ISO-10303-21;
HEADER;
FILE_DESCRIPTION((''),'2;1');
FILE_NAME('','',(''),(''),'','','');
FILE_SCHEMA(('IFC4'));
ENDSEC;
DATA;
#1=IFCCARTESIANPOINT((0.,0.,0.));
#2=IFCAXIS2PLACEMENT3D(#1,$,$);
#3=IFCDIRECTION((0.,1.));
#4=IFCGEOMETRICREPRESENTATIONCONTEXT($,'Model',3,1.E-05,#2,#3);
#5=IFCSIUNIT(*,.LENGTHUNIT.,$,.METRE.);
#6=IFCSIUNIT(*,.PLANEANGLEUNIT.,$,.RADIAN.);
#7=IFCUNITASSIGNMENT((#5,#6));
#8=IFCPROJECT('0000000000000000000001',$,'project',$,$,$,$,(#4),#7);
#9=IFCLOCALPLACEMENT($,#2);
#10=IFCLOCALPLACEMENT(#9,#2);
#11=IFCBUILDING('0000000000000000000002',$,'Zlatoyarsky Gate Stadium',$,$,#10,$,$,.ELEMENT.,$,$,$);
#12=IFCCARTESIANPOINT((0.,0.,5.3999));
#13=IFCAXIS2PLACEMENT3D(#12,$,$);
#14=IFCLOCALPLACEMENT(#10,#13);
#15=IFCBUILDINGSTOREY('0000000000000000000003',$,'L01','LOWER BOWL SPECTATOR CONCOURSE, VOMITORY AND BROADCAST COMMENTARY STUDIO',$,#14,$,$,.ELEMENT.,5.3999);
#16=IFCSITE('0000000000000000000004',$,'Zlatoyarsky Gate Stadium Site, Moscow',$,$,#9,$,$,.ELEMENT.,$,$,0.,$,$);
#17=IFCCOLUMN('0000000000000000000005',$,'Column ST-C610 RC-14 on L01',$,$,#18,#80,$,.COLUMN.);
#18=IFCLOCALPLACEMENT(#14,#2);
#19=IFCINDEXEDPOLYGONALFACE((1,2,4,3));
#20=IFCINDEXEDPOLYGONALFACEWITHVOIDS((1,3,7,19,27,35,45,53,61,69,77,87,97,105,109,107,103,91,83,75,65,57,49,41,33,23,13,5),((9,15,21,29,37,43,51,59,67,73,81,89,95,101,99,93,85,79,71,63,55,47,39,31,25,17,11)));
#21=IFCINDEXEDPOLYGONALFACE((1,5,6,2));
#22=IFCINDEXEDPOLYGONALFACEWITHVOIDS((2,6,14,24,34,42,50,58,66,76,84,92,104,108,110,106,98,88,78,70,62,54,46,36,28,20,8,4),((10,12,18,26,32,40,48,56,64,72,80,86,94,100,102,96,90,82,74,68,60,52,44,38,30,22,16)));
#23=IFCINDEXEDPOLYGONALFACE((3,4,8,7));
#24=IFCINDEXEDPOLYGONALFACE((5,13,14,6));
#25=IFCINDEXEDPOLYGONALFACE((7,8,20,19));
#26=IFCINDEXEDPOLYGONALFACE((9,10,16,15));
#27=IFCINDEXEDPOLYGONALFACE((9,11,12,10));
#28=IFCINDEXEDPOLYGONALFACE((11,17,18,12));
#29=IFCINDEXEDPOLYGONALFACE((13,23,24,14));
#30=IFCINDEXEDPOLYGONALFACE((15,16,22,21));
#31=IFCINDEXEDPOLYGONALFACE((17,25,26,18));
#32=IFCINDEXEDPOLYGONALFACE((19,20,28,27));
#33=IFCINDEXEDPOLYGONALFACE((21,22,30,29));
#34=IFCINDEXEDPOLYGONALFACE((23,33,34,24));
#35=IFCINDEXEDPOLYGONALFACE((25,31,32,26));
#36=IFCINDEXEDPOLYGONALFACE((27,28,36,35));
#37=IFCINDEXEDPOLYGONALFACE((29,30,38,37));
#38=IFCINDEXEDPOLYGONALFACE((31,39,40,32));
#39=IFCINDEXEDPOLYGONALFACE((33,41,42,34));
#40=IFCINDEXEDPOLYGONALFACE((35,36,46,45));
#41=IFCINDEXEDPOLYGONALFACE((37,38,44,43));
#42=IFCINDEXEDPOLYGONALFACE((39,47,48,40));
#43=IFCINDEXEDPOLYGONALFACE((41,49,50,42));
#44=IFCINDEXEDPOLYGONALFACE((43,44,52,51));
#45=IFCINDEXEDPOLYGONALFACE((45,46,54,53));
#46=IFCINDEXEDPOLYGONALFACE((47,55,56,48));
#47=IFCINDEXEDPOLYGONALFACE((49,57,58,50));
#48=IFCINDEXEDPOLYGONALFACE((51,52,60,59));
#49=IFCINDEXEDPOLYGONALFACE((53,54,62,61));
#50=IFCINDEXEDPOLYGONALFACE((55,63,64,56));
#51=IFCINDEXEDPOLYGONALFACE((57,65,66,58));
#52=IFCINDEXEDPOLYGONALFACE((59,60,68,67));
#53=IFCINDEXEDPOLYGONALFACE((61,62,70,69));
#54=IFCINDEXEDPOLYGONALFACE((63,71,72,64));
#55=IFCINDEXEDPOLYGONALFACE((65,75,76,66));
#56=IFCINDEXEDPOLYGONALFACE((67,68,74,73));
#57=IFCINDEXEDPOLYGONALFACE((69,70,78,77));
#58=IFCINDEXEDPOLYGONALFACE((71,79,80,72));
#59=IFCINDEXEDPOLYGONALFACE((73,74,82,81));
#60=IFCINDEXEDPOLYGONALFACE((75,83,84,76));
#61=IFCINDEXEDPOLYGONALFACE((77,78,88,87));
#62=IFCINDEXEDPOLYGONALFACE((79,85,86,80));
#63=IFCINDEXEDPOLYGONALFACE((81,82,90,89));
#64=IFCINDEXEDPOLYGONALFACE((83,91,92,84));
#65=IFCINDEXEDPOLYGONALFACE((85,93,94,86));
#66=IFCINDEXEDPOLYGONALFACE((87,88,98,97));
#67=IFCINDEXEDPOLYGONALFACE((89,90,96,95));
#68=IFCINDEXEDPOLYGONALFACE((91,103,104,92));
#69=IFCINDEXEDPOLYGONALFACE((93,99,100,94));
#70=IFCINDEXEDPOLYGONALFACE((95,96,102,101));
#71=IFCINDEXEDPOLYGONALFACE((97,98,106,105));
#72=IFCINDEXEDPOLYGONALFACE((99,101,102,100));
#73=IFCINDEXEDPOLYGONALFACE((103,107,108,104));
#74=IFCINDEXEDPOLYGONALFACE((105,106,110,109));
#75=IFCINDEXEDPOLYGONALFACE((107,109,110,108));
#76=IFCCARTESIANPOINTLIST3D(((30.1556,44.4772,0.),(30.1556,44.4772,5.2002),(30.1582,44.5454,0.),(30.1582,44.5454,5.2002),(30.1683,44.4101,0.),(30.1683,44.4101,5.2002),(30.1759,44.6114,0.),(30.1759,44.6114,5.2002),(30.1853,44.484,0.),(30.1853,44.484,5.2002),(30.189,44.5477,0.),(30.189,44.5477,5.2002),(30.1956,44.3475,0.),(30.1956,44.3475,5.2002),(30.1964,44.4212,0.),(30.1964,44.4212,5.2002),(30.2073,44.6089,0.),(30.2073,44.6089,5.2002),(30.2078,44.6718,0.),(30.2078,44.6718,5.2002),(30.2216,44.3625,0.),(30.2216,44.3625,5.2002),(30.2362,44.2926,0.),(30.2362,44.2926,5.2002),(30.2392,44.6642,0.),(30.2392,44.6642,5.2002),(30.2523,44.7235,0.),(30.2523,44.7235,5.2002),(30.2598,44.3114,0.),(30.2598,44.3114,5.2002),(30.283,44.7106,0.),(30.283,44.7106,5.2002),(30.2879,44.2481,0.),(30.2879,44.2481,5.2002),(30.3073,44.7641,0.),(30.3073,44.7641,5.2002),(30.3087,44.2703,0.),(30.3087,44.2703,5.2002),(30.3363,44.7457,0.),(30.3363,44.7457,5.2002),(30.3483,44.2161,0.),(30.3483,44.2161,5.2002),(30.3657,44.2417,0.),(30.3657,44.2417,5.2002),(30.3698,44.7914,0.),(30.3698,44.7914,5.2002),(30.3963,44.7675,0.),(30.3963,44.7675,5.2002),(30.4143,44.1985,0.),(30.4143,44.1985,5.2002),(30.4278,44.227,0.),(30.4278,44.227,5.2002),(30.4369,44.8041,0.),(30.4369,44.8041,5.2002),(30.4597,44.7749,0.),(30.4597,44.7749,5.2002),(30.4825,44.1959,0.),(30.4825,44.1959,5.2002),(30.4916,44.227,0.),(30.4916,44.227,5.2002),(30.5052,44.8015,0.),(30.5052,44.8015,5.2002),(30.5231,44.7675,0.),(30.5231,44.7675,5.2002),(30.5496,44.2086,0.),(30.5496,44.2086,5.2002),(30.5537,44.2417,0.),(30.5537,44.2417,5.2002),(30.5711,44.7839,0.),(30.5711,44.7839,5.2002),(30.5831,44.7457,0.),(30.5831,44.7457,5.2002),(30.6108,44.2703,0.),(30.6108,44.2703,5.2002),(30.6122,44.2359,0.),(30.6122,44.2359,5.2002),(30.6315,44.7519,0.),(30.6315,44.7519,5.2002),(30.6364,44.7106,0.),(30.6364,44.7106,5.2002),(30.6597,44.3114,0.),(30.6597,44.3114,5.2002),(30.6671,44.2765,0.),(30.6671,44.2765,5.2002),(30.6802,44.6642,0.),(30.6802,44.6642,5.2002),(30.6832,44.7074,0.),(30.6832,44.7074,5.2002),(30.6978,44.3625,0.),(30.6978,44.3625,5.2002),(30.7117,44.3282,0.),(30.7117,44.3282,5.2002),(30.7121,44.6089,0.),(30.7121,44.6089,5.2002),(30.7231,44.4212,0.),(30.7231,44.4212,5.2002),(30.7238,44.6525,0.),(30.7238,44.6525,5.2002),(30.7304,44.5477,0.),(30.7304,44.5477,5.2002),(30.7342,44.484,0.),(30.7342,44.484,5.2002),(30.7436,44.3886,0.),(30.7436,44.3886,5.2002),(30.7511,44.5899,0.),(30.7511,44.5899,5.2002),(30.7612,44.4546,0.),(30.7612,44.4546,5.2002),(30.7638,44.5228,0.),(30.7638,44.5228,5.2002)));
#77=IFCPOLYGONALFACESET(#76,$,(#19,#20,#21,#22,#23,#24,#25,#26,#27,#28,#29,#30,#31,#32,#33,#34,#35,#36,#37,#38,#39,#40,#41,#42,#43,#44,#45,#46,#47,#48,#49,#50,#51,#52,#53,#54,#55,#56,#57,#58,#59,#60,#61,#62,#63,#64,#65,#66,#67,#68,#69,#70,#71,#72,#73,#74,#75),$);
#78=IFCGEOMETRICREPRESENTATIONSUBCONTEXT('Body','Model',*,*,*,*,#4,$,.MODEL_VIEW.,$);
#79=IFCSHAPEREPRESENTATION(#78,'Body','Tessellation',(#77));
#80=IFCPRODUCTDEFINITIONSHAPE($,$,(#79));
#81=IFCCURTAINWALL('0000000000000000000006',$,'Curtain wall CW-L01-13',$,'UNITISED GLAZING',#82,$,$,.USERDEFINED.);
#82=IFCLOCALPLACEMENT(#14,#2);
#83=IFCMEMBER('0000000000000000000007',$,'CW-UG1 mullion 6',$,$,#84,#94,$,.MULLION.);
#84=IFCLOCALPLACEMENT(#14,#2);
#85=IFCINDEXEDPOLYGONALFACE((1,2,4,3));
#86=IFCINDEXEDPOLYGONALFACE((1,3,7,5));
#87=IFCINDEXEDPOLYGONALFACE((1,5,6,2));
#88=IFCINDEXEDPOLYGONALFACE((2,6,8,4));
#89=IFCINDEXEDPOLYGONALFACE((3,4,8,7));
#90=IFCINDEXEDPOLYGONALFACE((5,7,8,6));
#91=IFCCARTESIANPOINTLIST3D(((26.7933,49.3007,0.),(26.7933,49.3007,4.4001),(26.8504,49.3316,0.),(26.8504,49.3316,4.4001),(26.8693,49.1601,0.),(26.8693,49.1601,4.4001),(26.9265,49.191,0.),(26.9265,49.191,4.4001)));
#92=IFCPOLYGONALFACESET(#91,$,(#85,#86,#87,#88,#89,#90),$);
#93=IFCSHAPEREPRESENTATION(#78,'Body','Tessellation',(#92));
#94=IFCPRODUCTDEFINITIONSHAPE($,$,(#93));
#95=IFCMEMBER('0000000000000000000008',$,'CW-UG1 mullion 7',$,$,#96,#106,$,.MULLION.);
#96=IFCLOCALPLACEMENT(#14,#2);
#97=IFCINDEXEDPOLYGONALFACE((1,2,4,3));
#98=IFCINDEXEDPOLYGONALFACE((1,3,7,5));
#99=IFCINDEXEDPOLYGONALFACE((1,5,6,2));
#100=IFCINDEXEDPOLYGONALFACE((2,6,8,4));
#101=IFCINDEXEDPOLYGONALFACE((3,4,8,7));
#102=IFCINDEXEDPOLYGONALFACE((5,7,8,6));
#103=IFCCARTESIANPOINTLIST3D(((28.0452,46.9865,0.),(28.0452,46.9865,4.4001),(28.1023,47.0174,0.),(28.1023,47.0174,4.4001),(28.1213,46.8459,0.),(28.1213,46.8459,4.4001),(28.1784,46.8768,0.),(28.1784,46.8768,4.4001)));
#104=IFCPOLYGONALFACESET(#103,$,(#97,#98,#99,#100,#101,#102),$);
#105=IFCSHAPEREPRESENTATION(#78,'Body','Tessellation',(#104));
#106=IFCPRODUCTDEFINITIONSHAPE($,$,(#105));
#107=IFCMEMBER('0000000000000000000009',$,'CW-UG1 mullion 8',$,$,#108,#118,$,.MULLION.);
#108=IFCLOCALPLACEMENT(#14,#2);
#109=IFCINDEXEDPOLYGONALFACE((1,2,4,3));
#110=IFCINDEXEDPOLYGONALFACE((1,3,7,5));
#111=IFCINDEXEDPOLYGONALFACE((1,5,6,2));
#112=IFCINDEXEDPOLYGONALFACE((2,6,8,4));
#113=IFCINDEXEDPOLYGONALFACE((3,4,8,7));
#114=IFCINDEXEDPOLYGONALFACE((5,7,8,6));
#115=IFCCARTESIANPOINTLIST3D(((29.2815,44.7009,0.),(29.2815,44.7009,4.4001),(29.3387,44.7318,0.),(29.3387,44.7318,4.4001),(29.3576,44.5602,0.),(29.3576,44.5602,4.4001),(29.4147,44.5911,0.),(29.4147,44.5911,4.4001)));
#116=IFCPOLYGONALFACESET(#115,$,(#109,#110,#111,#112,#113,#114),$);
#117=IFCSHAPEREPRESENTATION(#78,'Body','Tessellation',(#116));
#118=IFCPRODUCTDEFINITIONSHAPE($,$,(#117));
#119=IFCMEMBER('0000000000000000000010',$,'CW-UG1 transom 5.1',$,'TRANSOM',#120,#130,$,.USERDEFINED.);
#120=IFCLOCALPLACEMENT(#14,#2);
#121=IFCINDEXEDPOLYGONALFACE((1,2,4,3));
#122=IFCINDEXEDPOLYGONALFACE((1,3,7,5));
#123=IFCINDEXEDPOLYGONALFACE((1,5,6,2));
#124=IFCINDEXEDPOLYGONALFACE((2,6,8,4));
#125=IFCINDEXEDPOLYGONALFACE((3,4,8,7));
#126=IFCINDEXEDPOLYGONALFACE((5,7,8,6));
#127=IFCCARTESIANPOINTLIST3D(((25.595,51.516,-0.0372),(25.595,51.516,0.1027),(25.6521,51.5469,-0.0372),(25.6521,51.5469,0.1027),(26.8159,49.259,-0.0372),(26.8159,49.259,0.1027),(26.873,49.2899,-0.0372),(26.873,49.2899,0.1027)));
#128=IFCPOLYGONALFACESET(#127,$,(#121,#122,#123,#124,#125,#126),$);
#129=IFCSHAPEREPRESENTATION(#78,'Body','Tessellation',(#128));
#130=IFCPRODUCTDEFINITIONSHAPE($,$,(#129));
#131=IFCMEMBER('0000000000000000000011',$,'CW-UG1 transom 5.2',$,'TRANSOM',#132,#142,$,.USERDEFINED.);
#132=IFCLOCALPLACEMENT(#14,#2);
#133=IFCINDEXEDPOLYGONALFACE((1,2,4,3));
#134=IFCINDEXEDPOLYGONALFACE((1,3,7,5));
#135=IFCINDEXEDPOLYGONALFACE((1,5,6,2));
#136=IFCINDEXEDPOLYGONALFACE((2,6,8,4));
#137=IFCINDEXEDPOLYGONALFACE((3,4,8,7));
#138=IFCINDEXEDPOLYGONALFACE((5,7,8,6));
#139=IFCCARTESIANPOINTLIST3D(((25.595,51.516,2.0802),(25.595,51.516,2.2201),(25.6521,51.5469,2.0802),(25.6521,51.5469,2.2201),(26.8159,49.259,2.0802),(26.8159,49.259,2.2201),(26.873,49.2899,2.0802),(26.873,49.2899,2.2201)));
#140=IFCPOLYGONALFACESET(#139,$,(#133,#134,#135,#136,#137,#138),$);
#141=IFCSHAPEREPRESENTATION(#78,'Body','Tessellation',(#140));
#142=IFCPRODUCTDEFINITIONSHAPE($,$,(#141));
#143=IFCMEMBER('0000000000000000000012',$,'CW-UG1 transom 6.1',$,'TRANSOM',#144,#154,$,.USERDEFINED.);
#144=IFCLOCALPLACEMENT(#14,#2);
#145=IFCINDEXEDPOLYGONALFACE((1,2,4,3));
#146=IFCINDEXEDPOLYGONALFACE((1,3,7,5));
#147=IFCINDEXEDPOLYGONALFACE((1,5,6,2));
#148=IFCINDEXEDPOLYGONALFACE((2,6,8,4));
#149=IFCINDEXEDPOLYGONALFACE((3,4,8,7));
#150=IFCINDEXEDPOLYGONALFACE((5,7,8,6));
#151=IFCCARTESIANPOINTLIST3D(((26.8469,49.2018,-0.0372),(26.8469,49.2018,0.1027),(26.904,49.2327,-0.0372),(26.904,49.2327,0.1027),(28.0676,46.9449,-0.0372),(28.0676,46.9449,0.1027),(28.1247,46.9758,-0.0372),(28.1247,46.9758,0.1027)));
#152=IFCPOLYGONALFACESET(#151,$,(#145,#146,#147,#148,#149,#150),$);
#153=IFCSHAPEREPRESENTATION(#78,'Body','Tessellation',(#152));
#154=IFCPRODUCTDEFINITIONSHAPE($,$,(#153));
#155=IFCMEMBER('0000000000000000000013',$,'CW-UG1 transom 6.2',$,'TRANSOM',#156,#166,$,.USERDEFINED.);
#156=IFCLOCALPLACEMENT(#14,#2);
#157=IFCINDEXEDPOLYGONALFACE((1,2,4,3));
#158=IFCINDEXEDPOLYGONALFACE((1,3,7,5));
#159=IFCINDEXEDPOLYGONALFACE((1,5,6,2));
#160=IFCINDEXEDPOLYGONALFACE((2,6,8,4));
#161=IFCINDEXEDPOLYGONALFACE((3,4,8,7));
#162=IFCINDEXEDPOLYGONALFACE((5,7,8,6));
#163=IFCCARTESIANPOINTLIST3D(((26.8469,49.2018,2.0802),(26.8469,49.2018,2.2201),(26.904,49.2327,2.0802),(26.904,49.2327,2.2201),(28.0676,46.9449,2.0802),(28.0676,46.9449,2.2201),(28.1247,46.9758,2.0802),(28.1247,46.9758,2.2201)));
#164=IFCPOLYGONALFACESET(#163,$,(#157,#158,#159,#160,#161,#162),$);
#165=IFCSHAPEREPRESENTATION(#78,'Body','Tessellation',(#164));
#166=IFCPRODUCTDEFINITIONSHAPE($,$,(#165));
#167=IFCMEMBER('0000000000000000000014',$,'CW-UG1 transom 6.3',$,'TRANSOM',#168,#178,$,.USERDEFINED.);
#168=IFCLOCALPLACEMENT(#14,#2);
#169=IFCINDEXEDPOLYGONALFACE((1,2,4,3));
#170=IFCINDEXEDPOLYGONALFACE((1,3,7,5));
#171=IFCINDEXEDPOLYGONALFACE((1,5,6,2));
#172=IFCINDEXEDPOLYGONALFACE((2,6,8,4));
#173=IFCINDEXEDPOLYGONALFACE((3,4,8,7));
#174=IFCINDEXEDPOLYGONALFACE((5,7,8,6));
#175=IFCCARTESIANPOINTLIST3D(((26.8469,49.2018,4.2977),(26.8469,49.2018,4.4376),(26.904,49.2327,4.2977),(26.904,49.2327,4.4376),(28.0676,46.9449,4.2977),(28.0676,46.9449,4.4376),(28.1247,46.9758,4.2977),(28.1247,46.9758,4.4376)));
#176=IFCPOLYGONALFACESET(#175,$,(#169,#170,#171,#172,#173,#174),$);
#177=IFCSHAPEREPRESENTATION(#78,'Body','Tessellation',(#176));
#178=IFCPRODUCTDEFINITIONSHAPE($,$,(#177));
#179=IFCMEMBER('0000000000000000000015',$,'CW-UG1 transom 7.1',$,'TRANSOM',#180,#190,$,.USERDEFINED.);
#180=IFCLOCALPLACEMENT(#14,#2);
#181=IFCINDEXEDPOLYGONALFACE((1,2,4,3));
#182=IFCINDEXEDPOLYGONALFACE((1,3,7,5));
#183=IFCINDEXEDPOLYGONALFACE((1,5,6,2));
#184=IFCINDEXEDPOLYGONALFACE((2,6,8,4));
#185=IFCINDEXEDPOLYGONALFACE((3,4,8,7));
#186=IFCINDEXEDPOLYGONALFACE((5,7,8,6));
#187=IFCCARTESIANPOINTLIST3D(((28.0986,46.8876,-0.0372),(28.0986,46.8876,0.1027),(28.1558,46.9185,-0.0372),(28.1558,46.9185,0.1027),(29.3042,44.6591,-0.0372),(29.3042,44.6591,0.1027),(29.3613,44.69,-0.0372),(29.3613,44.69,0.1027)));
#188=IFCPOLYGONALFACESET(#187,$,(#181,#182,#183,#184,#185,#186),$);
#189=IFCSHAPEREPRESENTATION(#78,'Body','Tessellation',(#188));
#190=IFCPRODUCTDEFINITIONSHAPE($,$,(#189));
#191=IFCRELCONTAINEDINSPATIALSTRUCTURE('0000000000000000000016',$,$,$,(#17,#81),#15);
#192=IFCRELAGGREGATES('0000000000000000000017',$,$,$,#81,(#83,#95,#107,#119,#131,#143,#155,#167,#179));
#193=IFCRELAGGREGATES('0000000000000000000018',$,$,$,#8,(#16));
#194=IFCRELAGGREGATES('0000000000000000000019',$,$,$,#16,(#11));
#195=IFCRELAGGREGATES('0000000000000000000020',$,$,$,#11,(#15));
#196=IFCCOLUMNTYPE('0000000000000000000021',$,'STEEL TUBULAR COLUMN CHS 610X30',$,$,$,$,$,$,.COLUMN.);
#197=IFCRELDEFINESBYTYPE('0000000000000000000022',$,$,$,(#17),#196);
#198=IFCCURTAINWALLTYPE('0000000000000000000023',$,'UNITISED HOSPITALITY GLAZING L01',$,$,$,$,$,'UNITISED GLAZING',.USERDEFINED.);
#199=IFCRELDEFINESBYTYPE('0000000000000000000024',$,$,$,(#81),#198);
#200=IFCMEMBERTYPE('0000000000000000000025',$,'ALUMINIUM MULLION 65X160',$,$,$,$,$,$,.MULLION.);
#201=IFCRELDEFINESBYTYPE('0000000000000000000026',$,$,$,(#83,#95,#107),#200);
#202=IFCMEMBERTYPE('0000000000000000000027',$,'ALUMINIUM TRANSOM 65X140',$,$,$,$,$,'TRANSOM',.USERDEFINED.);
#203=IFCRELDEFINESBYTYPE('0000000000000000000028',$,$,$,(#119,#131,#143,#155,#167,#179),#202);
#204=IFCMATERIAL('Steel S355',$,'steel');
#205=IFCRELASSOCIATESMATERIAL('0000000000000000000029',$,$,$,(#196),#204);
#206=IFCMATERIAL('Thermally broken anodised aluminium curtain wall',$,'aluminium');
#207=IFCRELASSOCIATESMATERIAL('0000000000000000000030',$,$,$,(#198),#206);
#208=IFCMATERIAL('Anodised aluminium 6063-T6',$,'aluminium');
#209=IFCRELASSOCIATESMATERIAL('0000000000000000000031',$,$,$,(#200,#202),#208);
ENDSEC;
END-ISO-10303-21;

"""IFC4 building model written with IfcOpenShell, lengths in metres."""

from ifc_helpers import new_model, si_unit, direction, frame, origin, origin_2d, place, context, subcontext, project, spatial, rectangle, hollow_circle, extrude, material, material_profile, profile_set, type_object, element, aggregate, save


model = new_model("IFC4")

# Units and contexts
model_context = context("Model", 3, precision=1e-05, world=origin(), true_north=direction((0.0, 1.0)))
body_context = subcontext(model_context, "Body", "Model", "MODEL_VIEW")
ifc_project = project(units=[si_unit("LENGTHUNIT", "METRE"), si_unit("PLANEANGLEUNIT", "RADIAN")], contexts=[model_context])

# Site, building, storey
site_placement = place(None, origin())
site = spatial("IfcSite", under=ifc_project, at=site_placement, Name="Zlatoyarsky Gate Stadium Site, Moscow", CompositionType="ELEMENT", RefElevation=0.0)
building_placement = place(site_placement, origin())
building = spatial("IfcBuilding", under=site, at=building_placement, Name="Zlatoyarsky Gate Stadium", CompositionType="ELEMENT")
storey_placement = place(building_placement, frame((0.0, 0.0, 5.3999)))
storey = spatial("IfcBuildingStorey", under=building, at=storey_placement, Name="L01", Description="LOWER BOWL SPECTATOR CONCOURSE, VOMITORY AND BROADCAST COMMENTARY STUDIO", CompositionType="ELEMENT", Elevation=5.3999)

# Column
ifc_material_1 = material(Name="Steel S355", Category="steel")
ifc_material_profile_1 = material_profile(ifc_material_1, hollow_circle(Radius=0.3049, WallThickness=0.03, at=origin_2d()), Name="CHS 610X30")
ifc_profile_set_1 = profile_set([ifc_material_profile_1], Name="Steel S355")
column_type = type_object("IfcColumnType", Name="STEEL TUBULAR COLUMN CHS 610X30", PredefinedType="COLUMN", material=ifc_profile_set_1)
column_placement = place(storey_placement, frame((30.4597, 44.5, 0.0), z_axis=(0.0, 0.0, 1.0), x_axis=(-0.866025, -0.5, 0.0)))
element("IfcColumn", 1, at=column_placement, inside=storey, type_object=column_type, Name="Column ST-C610 RC-14 on L01", PredefinedType="COLUMN", context=body_context, shape_type="SweptSolid", body=[
    extrude(hollow_circle(Radius=0.3049, WallThickness=0.03, at=origin_2d()), origin(), (0.0, 0.0, 1.0), 5.2002),
])

# Curtain wall, members
ifc_material_2 = material(Name="Thermally broken anodised aluminium curtain wall", Category="aluminium")
curtain_wall_type = type_object("IfcCurtainWallType", Name="UNITISED HOSPITALITY GLAZING L01", ElementType="UNITISED GLAZING", PredefinedType="USERDEFINED", material=ifc_material_2)
curtain_wall_placement = place(storey_placement, origin())
curtain_wall = element("IfcCurtainWall", 2, at=curtain_wall_placement, inside=storey, type_object=curtain_wall_type, Name="Curtain wall CW-L01-13", ObjectType="UNITISED GLAZING", PredefinedType="USERDEFINED")
ifc_material_3 = material(Name="Anodised aluminium 6063-T6", Category="aluminium")
ifc_material_profile_2 = material_profile(ifc_material_3, rectangle(XDim=0.0649, YDim=0.1599, at=origin_2d()), Name="ALU 65X160")
ifc_profile_set_2 = profile_set([ifc_material_profile_2], Name="Anodised aluminium 6063-T6")
member_type_1 = type_object("IfcMemberType", Name="ALUMINIUM MULLION 65X160", PredefinedType="MULLION", material=ifc_profile_set_2)
member_1_placement = place(storey_placement, frame((26.8599, 49.2458, 0.0), z_axis=(0.0, 0.0, 1.0), x_axis=(0.879561, 0.475786, 0.0)))
member_1 = element("IfcMember", 3, at=member_1_placement, type_object=member_type_1, Name="CW-UG1 mullion 6", PredefinedType="MULLION", context=body_context, shape_type="SweptSolid", body=[
    extrude(rectangle(XDim=0.0649, YDim=0.1599, at=origin_2d()), origin(), (0.0, 0.0, 1.0), 4.4001),
])
member_2_placement = place(storey_placement, frame((28.1118, 46.9316, 0.0), z_axis=(0.0, 0.0, 1.0), x_axis=(0.879561, 0.475786, 0.0)))
member_2 = element("IfcMember", 4, at=member_2_placement, type_object=member_type_1, Name="CW-UG1 mullion 7", PredefinedType="MULLION", context=body_context, shape_type="SweptSolid", body=[
    extrude(rectangle(XDim=0.0649, YDim=0.1599, at=origin_2d()), origin(), (0.0, 0.0, 1.0), 4.4001),
])
member_3_placement = place(storey_placement, frame((29.3481, 44.646, 0.0), z_axis=(0.0, 0.0, 1.0), x_axis=(0.879561, 0.475786, 0.0)))
member_3 = element("IfcMember", 5, at=member_3_placement, type_object=member_type_1, Name="CW-UG1 mullion 8", PredefinedType="MULLION", context=body_context, shape_type="SweptSolid", body=[
    extrude(rectangle(XDim=0.0649, YDim=0.1599, at=origin_2d()), origin(), (0.0, 0.0, 1.0), 4.4001),
])
ifc_material_profile_3 = material_profile(ifc_material_3, rectangle(XDim=0.0649, YDim=0.1399, at=origin_2d()), Name="ALU 65X140")
ifc_profile_set_3 = profile_set([ifc_material_profile_3], Name="Anodised aluminium 6063-T6")
member_type_2 = type_object("IfcMemberType", Name="ALUMINIUM TRANSOM 65X140", ElementType="TRANSOM", PredefinedType="USERDEFINED", material=ifc_profile_set_3)
member_4_placement = place(storey_placement, frame((25.6235, 51.5315, 0.0327), z_axis=(0.47579, -0.879559, 0.0), x_axis=(0.879559, 0.47579, 0.0)))
member_4 = element("IfcMember", 6, at=member_4_placement, type_object=member_type_2, Name="CW-UG1 transom 5.1", ObjectType="TRANSOM", PredefinedType="USERDEFINED", context=body_context, shape_type="SweptSolid", body=[
    extrude(rectangle(XDim=0.0649, YDim=0.1399, at=origin_2d()), origin(), (0.0, 0.0, 1.0), 2.5662),
])
member_5_placement = place(storey_placement, frame((25.6235, 51.5315, 2.1501), z_axis=(0.47579, -0.879559, 0.0), x_axis=(0.879559, 0.47579, 0.0)))
member_5 = element("IfcMember", 7, at=member_5_placement, type_object=member_type_2, Name="CW-UG1 transom 5.2", ObjectType="TRANSOM", PredefinedType="USERDEFINED", context=body_context, shape_type="SweptSolid", body=[
    extrude(rectangle(XDim=0.0649, YDim=0.1399, at=origin_2d()), origin(), (0.0, 0.0, 1.0), 2.5662),
])
member_6_placement = place(storey_placement, frame((26.8755, 49.2173, 0.0327), z_axis=(0.475716, -0.879599, 0.0), x_axis=(0.879599, 0.475716, 0.0)))
member_6 = element("IfcMember", 8, at=member_6_placement, type_object=member_type_2, Name="CW-UG1 transom 6.1", ObjectType="TRANSOM", PredefinedType="USERDEFINED", context=body_context, shape_type="SweptSolid", body=[
    extrude(rectangle(XDim=0.0649, YDim=0.1399, at=origin_2d()), origin(), (0.0, 0.0, 1.0), 2.5659),
])
member_7_placement = place(storey_placement, frame((26.8755, 49.2173, 2.1501), z_axis=(0.475716, -0.879599, 0.0), x_axis=(0.879599, 0.475716, 0.0)))
member_7 = element("IfcMember", 9, at=member_7_placement, type_object=member_type_2, Name="CW-UG1 transom 6.2", ObjectType="TRANSOM", PredefinedType="USERDEFINED", context=body_context, shape_type="SweptSolid", body=[
    extrude(rectangle(XDim=0.0649, YDim=0.1399, at=origin_2d()), origin(), (0.0, 0.0, 1.0), 2.5659),
])
member_8_placement = place(storey_placement, frame((26.8755, 49.2173, 4.3677), z_axis=(0.475716, -0.879599, 0.0), x_axis=(0.879599, 0.475716, 0.0)))
member_8 = element("IfcMember", 10, at=member_8_placement, type_object=member_type_2, Name="CW-UG1 transom 6.3", ObjectType="TRANSOM", PredefinedType="USERDEFINED", context=body_context, shape_type="SweptSolid", body=[
    extrude(rectangle(XDim=0.0649, YDim=0.1399, at=origin_2d()), origin(), (0.0, 0.0, 1.0), 2.5659),
])
member_9_placement = place(storey_placement, frame((28.1272, 46.9031, 0.0327), z_axis=(0.475811, -0.879547, 0.0), x_axis=(0.879547, 0.475811, 0.0)))
member_9 = element("IfcMember", 11, at=member_9_placement, type_object=member_type_2, Name="CW-UG1 transom 7.1", ObjectType="TRANSOM", PredefinedType="USERDEFINED", context=body_context, shape_type="SweptSolid", body=[
    extrude(rectangle(XDim=0.0649, YDim=0.1399, at=origin_2d()), origin(), (0.0, 0.0, 1.0), 2.5337),
])

aggregate(curtain_wall, [member_1, member_2, member_3, member_4, member_5, member_6, member_7, member_8, member_9])

save(model, "model.ifc")
